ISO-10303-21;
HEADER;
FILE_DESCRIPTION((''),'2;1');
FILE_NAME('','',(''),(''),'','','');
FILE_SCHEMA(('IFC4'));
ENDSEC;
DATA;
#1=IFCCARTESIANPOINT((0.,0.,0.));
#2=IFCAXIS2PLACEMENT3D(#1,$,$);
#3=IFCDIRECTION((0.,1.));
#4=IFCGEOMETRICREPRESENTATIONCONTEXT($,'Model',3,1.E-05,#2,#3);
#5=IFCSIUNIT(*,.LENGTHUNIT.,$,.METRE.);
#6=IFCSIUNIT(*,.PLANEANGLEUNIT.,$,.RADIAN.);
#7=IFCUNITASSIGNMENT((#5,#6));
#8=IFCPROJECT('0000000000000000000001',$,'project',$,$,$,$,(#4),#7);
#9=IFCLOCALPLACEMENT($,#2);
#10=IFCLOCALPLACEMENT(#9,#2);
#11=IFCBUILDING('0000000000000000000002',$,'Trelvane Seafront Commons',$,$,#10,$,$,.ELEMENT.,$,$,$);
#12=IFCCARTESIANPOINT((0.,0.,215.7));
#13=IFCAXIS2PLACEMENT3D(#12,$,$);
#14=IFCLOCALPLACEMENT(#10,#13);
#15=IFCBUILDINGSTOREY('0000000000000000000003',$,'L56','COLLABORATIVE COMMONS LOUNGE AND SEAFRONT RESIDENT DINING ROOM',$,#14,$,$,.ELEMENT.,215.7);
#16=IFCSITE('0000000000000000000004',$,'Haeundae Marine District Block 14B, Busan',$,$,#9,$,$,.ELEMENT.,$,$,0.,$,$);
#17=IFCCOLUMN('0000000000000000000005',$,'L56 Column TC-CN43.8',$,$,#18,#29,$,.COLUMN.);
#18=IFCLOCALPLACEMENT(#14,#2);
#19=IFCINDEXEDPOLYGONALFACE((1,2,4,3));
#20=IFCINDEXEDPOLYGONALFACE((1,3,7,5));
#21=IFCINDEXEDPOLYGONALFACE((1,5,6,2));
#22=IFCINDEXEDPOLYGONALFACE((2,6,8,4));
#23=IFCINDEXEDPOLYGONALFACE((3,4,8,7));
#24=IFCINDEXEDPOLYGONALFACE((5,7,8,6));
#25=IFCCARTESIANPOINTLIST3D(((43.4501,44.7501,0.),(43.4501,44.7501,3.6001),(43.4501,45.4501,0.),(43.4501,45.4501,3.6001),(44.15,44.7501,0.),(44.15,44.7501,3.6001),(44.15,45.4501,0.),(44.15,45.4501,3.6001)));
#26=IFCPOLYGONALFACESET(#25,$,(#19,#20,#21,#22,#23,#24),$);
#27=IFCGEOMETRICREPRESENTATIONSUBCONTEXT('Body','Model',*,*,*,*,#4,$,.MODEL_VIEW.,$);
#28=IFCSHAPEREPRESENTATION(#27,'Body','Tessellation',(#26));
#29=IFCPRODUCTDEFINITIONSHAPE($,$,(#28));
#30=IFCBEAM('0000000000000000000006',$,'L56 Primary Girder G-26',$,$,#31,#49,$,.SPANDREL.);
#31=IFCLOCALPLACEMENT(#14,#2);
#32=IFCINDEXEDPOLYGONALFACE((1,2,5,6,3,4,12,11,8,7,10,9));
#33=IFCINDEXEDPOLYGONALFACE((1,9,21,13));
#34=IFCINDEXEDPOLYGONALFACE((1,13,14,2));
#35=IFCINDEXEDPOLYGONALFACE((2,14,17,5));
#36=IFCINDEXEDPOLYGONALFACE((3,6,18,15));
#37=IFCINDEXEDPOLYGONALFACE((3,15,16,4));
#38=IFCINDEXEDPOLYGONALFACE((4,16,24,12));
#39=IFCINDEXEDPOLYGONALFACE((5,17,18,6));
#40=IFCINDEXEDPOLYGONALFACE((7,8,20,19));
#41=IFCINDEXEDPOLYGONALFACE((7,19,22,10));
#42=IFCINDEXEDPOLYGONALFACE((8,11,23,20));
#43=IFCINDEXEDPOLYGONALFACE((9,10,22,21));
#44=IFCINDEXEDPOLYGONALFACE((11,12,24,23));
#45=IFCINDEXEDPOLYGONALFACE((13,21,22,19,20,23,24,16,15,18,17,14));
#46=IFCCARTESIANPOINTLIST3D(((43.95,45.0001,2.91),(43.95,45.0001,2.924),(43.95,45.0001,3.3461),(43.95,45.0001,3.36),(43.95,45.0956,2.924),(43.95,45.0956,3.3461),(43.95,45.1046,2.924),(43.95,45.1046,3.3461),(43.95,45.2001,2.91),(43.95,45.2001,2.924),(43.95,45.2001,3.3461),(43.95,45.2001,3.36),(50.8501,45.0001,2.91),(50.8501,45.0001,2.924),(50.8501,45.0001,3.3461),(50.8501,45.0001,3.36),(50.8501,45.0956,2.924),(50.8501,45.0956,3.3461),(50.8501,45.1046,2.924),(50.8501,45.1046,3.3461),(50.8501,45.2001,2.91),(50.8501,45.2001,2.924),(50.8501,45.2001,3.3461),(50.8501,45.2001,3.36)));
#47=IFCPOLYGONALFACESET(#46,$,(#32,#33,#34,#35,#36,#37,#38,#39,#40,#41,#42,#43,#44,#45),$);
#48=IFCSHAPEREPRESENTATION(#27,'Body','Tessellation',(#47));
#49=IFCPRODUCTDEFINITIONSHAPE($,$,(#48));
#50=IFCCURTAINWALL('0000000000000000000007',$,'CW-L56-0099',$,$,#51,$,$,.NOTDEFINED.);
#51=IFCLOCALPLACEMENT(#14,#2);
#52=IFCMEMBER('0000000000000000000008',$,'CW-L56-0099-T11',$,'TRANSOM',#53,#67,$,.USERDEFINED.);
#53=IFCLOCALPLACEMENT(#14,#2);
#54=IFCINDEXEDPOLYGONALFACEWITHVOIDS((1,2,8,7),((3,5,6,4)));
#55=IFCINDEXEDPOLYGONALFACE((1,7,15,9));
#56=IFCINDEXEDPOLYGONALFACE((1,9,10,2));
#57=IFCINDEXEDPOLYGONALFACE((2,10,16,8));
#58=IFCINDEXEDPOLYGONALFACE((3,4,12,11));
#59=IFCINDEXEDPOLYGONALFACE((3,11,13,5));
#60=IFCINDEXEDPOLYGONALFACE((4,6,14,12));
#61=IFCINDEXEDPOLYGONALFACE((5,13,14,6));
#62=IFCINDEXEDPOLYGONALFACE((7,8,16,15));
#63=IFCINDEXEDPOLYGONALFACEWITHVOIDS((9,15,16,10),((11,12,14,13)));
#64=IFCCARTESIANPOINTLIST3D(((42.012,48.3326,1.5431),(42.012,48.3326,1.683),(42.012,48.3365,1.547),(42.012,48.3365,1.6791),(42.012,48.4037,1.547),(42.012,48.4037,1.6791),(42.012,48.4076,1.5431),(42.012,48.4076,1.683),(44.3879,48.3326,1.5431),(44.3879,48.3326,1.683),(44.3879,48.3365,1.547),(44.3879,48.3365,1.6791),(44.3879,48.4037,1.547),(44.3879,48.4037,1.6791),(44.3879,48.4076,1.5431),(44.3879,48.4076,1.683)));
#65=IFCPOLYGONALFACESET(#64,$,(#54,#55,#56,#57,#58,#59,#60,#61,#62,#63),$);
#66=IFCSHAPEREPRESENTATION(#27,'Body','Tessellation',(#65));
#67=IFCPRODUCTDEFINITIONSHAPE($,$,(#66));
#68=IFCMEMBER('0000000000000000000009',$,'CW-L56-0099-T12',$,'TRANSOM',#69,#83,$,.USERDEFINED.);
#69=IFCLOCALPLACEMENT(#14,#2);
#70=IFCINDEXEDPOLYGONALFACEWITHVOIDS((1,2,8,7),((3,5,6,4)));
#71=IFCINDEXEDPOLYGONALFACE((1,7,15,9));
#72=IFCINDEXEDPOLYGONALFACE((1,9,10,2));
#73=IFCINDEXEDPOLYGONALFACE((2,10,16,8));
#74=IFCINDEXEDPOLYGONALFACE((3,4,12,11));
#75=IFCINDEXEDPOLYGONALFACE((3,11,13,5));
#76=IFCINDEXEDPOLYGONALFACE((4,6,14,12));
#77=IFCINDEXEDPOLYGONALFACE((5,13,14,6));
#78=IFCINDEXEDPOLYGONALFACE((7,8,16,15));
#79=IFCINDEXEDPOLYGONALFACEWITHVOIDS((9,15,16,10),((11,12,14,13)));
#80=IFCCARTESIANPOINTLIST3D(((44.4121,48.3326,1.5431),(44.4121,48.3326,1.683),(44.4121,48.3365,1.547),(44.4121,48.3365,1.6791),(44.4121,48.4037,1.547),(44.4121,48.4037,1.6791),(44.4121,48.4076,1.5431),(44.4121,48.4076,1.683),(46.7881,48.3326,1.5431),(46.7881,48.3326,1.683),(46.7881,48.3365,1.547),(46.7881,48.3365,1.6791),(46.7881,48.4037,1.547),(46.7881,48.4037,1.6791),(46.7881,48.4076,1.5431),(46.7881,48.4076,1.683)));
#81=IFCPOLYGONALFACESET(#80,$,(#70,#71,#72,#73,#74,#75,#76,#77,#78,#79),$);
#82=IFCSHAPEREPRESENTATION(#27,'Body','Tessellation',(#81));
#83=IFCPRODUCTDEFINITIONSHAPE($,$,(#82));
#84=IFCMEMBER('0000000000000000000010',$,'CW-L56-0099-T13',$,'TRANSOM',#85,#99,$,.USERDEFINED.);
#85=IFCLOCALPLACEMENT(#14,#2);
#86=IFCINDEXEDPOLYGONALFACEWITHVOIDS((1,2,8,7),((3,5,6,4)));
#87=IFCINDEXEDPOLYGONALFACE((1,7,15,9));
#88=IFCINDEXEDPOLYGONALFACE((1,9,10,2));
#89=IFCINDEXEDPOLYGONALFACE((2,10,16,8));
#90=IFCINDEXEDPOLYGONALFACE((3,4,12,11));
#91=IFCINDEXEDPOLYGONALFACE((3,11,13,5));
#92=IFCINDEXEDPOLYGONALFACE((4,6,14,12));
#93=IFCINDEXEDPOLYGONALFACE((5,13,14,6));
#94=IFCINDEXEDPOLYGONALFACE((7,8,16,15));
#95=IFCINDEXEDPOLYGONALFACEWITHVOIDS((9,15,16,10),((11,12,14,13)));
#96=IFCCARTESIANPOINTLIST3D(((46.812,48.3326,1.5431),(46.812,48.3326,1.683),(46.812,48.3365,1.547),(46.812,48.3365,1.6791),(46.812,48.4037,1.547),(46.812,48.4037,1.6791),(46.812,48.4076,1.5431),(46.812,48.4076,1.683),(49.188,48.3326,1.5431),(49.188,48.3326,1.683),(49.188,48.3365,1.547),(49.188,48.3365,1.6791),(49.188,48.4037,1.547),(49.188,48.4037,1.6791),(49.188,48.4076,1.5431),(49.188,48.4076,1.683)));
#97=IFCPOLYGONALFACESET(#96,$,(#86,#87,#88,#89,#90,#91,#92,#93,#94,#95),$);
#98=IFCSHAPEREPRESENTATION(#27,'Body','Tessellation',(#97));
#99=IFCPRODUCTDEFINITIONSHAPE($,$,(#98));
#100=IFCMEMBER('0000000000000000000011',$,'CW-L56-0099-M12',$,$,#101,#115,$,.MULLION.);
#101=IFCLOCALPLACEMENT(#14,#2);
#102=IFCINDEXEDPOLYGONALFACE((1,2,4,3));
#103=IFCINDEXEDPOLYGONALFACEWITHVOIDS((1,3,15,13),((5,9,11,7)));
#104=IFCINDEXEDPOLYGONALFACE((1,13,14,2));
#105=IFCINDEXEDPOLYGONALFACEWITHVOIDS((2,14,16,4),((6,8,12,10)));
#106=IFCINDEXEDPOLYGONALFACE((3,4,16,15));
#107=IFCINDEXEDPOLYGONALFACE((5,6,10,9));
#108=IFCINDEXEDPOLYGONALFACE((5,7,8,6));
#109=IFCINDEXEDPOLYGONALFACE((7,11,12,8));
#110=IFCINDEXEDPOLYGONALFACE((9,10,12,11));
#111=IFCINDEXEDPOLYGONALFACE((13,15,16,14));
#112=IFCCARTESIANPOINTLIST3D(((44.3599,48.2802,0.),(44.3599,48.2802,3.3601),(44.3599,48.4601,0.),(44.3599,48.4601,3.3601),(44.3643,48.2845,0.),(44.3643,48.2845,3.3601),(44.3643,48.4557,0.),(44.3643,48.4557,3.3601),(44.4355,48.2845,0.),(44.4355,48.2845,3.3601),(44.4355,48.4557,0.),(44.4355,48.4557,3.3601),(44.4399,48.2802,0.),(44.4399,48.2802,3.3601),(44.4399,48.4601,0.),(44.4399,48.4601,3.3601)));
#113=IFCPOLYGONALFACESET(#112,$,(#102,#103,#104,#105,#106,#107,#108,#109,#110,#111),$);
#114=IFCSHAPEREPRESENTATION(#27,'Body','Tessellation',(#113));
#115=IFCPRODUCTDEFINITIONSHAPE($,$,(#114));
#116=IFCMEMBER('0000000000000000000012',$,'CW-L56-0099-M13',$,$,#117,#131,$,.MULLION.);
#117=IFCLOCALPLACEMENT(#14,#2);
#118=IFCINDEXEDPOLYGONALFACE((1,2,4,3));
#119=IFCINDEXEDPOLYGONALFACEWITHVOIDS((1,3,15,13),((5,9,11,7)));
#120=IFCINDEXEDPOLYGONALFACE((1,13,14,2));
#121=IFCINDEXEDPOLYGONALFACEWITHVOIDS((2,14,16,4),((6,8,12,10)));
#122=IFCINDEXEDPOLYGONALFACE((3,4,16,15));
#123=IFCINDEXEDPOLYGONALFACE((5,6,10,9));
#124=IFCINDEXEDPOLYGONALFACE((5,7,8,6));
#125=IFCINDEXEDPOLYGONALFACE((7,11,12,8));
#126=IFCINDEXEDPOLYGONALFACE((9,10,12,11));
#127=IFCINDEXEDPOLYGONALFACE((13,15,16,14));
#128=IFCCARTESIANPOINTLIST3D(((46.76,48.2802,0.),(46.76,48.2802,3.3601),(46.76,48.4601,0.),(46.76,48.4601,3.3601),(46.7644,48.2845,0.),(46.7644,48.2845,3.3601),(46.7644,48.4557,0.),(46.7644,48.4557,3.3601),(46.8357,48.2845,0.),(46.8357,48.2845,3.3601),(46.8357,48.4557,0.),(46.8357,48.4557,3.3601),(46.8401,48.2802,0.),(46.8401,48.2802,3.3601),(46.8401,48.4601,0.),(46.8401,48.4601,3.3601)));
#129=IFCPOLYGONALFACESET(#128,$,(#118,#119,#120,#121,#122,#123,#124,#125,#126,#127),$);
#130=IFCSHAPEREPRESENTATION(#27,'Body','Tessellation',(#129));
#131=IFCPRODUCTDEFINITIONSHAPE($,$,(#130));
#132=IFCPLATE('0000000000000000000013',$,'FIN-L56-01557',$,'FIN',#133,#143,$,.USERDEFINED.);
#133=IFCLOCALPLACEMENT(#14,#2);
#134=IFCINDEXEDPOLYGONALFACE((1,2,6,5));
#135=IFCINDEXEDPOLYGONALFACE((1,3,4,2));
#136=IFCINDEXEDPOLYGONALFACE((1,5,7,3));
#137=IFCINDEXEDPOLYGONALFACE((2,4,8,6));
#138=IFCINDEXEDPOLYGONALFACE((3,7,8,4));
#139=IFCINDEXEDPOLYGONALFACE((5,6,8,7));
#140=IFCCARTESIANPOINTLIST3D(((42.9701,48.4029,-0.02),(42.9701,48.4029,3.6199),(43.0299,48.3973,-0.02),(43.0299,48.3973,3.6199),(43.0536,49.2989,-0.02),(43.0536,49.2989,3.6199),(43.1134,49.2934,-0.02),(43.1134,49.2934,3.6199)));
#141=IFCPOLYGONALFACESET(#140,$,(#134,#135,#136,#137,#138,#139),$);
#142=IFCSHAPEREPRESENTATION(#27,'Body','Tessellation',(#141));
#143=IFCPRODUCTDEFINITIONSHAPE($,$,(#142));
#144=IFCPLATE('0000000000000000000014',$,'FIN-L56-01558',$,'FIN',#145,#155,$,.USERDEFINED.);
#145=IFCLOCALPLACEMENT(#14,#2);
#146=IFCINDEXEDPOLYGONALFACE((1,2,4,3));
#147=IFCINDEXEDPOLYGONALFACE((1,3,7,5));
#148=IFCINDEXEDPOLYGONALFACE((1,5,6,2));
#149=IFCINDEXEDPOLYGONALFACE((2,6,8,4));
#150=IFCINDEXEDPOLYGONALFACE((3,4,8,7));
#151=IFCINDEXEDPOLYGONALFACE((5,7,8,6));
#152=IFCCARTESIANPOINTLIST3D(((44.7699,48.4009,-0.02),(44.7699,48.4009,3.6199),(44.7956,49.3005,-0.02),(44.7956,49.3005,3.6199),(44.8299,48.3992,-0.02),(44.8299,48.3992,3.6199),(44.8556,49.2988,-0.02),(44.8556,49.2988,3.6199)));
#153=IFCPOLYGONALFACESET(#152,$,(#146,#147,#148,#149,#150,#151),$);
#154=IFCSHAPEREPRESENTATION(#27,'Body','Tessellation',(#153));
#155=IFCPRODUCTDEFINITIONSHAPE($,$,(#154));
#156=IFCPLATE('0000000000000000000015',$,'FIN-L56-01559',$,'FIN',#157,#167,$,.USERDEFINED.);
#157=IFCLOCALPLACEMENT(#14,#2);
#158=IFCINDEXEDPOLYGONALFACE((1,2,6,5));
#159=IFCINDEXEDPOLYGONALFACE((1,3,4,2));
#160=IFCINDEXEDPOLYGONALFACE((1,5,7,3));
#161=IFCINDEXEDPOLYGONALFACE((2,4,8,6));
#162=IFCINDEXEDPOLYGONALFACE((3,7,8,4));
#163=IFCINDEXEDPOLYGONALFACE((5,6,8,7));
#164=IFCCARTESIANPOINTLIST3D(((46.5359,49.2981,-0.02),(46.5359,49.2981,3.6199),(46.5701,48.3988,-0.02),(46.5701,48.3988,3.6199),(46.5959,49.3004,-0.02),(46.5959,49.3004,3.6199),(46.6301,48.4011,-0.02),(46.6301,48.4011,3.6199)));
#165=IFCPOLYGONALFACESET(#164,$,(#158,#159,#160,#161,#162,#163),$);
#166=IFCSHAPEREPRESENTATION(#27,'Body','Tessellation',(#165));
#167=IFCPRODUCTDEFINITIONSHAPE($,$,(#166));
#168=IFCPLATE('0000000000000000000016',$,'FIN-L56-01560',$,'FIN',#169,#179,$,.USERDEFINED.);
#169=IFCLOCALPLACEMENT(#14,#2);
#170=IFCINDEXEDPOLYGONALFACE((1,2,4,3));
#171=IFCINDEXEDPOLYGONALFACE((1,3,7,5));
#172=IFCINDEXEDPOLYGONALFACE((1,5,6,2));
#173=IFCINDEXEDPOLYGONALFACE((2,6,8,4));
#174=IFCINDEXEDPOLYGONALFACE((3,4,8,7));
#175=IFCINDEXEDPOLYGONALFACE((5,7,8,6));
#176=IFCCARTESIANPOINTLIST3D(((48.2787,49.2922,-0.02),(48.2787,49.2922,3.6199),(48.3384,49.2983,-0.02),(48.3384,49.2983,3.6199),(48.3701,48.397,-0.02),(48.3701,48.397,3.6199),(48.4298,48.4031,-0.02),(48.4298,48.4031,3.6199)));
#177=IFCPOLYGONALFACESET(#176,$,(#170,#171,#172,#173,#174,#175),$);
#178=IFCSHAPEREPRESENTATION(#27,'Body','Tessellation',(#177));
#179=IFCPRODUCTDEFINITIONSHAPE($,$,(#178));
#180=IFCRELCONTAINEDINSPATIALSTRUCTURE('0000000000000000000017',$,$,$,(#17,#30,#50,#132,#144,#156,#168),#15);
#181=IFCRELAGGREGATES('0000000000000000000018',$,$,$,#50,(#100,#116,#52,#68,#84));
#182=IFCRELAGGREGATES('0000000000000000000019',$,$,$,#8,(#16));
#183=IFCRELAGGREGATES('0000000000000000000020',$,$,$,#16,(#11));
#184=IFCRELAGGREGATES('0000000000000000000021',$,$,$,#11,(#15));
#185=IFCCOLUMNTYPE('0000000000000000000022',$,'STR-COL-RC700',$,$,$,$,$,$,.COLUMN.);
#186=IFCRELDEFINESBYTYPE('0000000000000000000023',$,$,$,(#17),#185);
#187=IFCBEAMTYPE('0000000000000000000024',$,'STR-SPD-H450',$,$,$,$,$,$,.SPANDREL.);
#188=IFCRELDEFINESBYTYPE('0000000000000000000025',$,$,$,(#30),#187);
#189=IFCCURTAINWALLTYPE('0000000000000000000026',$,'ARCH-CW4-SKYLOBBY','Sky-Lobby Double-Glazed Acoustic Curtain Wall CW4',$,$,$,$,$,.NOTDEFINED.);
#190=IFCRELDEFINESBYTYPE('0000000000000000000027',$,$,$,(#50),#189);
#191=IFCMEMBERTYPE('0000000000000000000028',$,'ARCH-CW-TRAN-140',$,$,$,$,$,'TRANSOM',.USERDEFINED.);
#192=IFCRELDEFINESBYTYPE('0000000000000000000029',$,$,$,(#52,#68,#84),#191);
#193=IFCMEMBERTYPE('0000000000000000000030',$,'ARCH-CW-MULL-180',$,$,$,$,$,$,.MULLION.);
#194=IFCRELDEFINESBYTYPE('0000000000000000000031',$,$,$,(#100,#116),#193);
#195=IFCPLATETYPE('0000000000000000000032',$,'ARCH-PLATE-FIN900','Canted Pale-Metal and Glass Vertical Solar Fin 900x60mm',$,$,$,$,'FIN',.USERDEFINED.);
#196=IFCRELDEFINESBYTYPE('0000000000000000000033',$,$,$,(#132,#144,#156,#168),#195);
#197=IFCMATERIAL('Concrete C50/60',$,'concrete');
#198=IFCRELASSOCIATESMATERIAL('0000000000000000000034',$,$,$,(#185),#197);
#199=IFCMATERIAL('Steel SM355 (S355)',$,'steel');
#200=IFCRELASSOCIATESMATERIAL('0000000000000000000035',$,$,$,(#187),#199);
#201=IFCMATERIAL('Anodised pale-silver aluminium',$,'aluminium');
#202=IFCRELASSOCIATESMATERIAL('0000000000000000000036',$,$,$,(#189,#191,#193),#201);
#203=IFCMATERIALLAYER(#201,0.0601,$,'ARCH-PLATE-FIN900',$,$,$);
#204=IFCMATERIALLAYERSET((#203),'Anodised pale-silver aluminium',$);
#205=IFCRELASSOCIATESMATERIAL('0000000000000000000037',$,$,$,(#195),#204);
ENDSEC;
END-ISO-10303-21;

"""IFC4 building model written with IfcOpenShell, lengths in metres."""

from ifc_helpers import new_model, si_unit, direction, frame, origin, origin_2d, place, context, subcontext, project, spatial, rectangle, hollow_rectangle, i_section, extrude, source, transform, mapped, material, layer, layer_set, material_profile, profile_set, type_object, element, aggregate, save


model = new_model("IFC4")

# Units and contexts
model_context = context("Model", 3, precision=1e-05, world=origin(), true_north=direction((0.0, 1.0)))
body_context = subcontext(model_context, "Body", "Model", "MODEL_VIEW")
ifc_project = project(units=[si_unit("LENGTHUNIT", "METRE"), si_unit("PLANEANGLEUNIT", "RADIAN")], contexts=[model_context])

# Site, building, storey
site_placement = place(None, origin())
site = spatial("IfcSite", under=ifc_project, at=site_placement, Name="Haeundae Marine District Block 14B, Busan", CompositionType="ELEMENT", RefElevation=0.0)
building_placement = place(site_placement, origin())
building = spatial("IfcBuilding", under=site, at=building_placement, Name="Trelvane Seafront Commons", CompositionType="ELEMENT")
storey_placement = place(building_placement, frame((0.0, 0.0, 215.7)))
storey = spatial("IfcBuildingStorey", under=building, at=storey_placement, Name="L56", Description="COLLABORATIVE COMMONS LOUNGE AND SEAFRONT RESIDENT DINING ROOM", CompositionType="ELEMENT", Elevation=215.7)

# Column
ifc_material_1 = material(Name="Concrete C50/60", Category="concrete")
ifc_material_profile_1 = material_profile(ifc_material_1, rectangle(XDim=0.7, YDim=0.7, at=origin_2d()), Name="RC-700x700")
ifc_profile_set_1 = profile_set([ifc_material_profile_1], Name="Concrete C50/60")
column_type = type_object("IfcColumnType", Name="STR-COL-RC700", PredefinedType="COLUMN", material=ifc_profile_set_1)
shared_shape_1 = source(origin(), body_context, "Body", "SweptSolid", [
    extrude(rectangle(XDim=0.7, YDim=0.7, at=origin_2d()), origin(), (0.0, 0.0, 1.0), 3.6001),
])
column_placement = place(storey_placement, frame((43.8, 45.1001, 0.0), z_axis=(0.0, 0.0, 1.0), x_axis=(1.0, 0.0, 0.0)))
element("IfcColumn", 1, at=column_placement, inside=storey, type_object=column_type, Name="L56 Column TC-CN43.8", PredefinedType="COLUMN", context=body_context, shape_type="MappedRepresentation", body=[
    mapped(shared_shape_1, transform((0.0, 0.0, 0.0), x_axis=(1.0, 0.0, 0.0), y_axis=(0.0, 1.0, 0.0), z_axis=(0.0, 0.0, 1.0), scale=1.0)),
])

# Beam
ifc_material_2 = material(Name="Steel SM355 (S355)", Category="steel")
ifc_material_profile_2 = material_profile(ifc_material_2, i_section(OverallWidth=0.2, OverallDepth=0.45, WebThickness=0.009, FlangeThickness=0.0139, at=origin_2d()), Name="H-450x200x9x14")
ifc_profile_set_2 = profile_set([ifc_material_profile_2], Name="Steel SM355 (S355)")
beam_type = type_object("IfcBeamType", Name="STR-SPD-H450", PredefinedType="SPANDREL", material=ifc_profile_set_2)
shared_shape_2 = source(origin(), body_context, "Body", "SweptSolid", [
    extrude(i_section(OverallWidth=0.2, OverallDepth=0.45, WebThickness=0.009, FlangeThickness=0.0139, at=origin_2d()), origin(), (0.0, 0.0, 1.0), 6.9001),
])
beam_placement = place(storey_placement, frame((43.95, 45.1001, 3.135), z_axis=(1.0, 0.0, 0.0), x_axis=(0.0, 1.0, 0.0)))
element("IfcBeam", 2, at=beam_placement, inside=storey, type_object=beam_type, Name="L56 Primary Girder G-26", PredefinedType="SPANDREL", context=body_context, shape_type="MappedRepresentation", body=[
    mapped(shared_shape_2, transform((0.0, 0.0, 0.0), x_axis=(1.0, 0.0, 0.0), y_axis=(0.0, 1.0, 0.0), z_axis=(0.0, 0.0, 1.0), scale=1.0)),
])

# Curtain wall, members
ifc_material_3 = material(Name="Anodised pale-silver aluminium", Category="aluminium")
curtain_wall_type = type_object("IfcCurtainWallType", Name="ARCH-CW4-SKYLOBBY", Description="Sky-Lobby Double-Glazed Acoustic Curtain Wall CW4", PredefinedType="NOTDEFINED", material=ifc_material_3)
curtain_wall_placement = place(storey_placement, origin())
curtain_wall = element("IfcCurtainWall", 3, at=curtain_wall_placement, inside=storey, type_object=curtain_wall_type, Name="CW-L56-0099", PredefinedType="NOTDEFINED")
ifc_material_profile_3 = material_profile(ifc_material_3, hollow_rectangle(XDim=0.075, YDim=0.1399, WallThickness=0.0039, at=origin_2d()), Name="TRAN-75x140x4")
ifc_profile_set_3 = profile_set([ifc_material_profile_3], Name="Anodised pale-silver aluminium")
member_type_1 = type_object("IfcMemberType", Name="ARCH-CW-TRAN-140", ElementType="TRANSOM", PredefinedType="USERDEFINED", material=ifc_profile_set_3)
shared_shape_3 = source(origin(), body_context, "Body", "SweptSolid", [
    extrude(hollow_rectangle(XDim=0.075, YDim=0.1399, WallThickness=0.0039, at=origin_2d()), origin(), (0.0, 0.0, 1.0), 2.376),
])
member_1_placement = place(storey_placement, frame((42.012, 48.3701, 1.613), z_axis=(1.0, 0.0, 0.0), x_axis=(0.0, 1.0, 0.0)))
member_1 = element("IfcMember", 4, at=member_1_placement, type_object=member_type_1, Name="CW-L56-0099-T11", ObjectType="TRANSOM", PredefinedType="USERDEFINED", context=body_context, shape_type="MappedRepresentation", body=[
    mapped(shared_shape_3, transform((0.0, 0.0, 0.0), x_axis=(1.0, 0.0, 0.0), y_axis=(0.0, 1.0, 0.0), z_axis=(0.0, 0.0, 1.0), scale=1.0)),
])
member_2_placement = place(storey_placement, frame((44.4121, 48.3701, 1.613), z_axis=(1.0, 0.0, 0.0), x_axis=(0.0, 1.0, 0.0)))
member_2 = element("IfcMember", 5, at=member_2_placement, type_object=member_type_1, Name="CW-L56-0099-T12", ObjectType="TRANSOM", PredefinedType="USERDEFINED", context=body_context, shape_type="MappedRepresentation", body=[
    mapped(shared_shape_3, transform((0.0, 0.0, 0.0), x_axis=(1.0, 0.0, 0.0), y_axis=(0.0, 1.0, 0.0), z_axis=(0.0, 0.0, 1.0), scale=1.0)),
])
member_3_placement = place(storey_placement, frame((46.812, 48.3701, 1.613), z_axis=(1.0, 0.0, 0.0), x_axis=(0.0, 1.0, 0.0)))
member_3 = element("IfcMember", 6, at=member_3_placement, type_object=member_type_1, Name="CW-L56-0099-T13", ObjectType="TRANSOM", PredefinedType="USERDEFINED", context=body_context, shape_type="MappedRepresentation", body=[
    mapped(shared_shape_3, transform((0.0, 0.0, 0.0), x_axis=(1.0, 0.0, 0.0), y_axis=(0.0, 1.0, 0.0), z_axis=(0.0, 0.0, 1.0), scale=1.0)),
])
ifc_material_profile_4 = material_profile(ifc_material_3, hollow_rectangle(XDim=0.0801, YDim=0.1799, WallThickness=0.0044, at=origin_2d()), Name="MULL-80x180x4.5")
ifc_profile_set_4 = profile_set([ifc_material_profile_4], Name="Anodised pale-silver aluminium")
member_type_2 = type_object("IfcMemberType", Name="ARCH-CW-MULL-180", PredefinedType="MULLION", material=ifc_profile_set_4)
shared_shape_4 = source(origin(), body_context, "Body", "SweptSolid", [
    extrude(hollow_rectangle(XDim=0.0801, YDim=0.1799, WallThickness=0.0044, at=origin_2d()), origin(), (0.0, 0.0, 1.0), 3.3601),
])
member_4_placement = place(storey_placement, frame((44.3999, 48.3701, 0.0), z_axis=(0.0, 0.0, 1.0), x_axis=(1.0, 0.0, 0.0)))
member_4 = element("IfcMember", 7, at=member_4_placement, type_object=member_type_2, Name="CW-L56-0099-M12", PredefinedType="MULLION", context=body_context, shape_type="MappedRepresentation", body=[
    mapped(shared_shape_4, transform((0.0, 0.0, 0.0), x_axis=(1.0, 0.0, 0.0), y_axis=(0.0, 1.0, 0.0), z_axis=(0.0, 0.0, 1.0), scale=1.0)),
])
member_5_placement = place(storey_placement, frame((46.8, 48.3701, 0.0), z_axis=(0.0, 0.0, 1.0), x_axis=(1.0, 0.0, 0.0)))
member_5 = element("IfcMember", 8, at=member_5_placement, type_object=member_type_2, Name="CW-L56-0099-M13", PredefinedType="MULLION", context=body_context, shape_type="MappedRepresentation", body=[
    mapped(shared_shape_4, transform((0.0, 0.0, 0.0), x_axis=(1.0, 0.0, 0.0), y_axis=(0.0, 1.0, 0.0), z_axis=(0.0, 0.0, 1.0), scale=1.0)),
])

# Plates
ifc_layer_1 = layer(ifc_material_3, 0.0601, Name="ARCH-PLATE-FIN900")
ifc_layer_set_1 = layer_set([ifc_layer_1], Name="Anodised pale-silver aluminium")
plate_type_1 = type_object("IfcPlateType", Name="ARCH-PLATE-FIN900", Description="Canted Pale-Metal and Glass Vertical Solar Fin 900x60mm", ElementType="FIN", PredefinedType="USERDEFINED", material=ifc_layer_set_1)
shared_shape_5 = source(origin(), body_context, "Body", "SweptSolid", [
    extrude(rectangle(XDim=0.8999, YDim=0.0601, at=origin_2d()), origin(), (0.0, 0.0, 1.0), 3.6399),
])
for number, where, z_axis, x_axis, name in (
    (9, (43.0417, 48.8481, -0.02), (0.0, 0.0, 1.0), (0.092779, 0.995687, 0.0), "FIN-L56-01557"),
    (10, (44.8127, 48.8499, -0.02), (0.0, 0.0, 1.0), (0.028557, 0.999592, 0.0), "FIN-L56-01558"),
    (11, (46.583, 48.8496, -0.02), (0.0, 0.0, 1.0), (-0.037997, 0.999278, 0.0), "FIN-L56-01559"),
    (12, (48.3542, 48.8477, -0.02), (0.0, 0.0, 1.0), (-0.101562, 0.994829, 0.0), "FIN-L56-01560"),
):
    element("IfcPlate", number, at=place(storey_placement, frame(where, z_axis=z_axis, x_axis=x_axis)), inside=storey, type_object=plate_type_1, Name=name, ObjectType="FIN", PredefinedType="USERDEFINED", context=body_context, shape_type="MappedRepresentation", body=[
        mapped(shared_shape_5, transform((0.0, 0.0, 0.0), x_axis=(1.0, 0.0, 0.0), y_axis=(0.0, 1.0, 0.0), z_axis=(0.0, 0.0, 1.0), scale=1.0)),
    ])

aggregate(curtain_wall, [member_4, member_5, member_1, member_2, member_3])

save(model, "model.ifc")
